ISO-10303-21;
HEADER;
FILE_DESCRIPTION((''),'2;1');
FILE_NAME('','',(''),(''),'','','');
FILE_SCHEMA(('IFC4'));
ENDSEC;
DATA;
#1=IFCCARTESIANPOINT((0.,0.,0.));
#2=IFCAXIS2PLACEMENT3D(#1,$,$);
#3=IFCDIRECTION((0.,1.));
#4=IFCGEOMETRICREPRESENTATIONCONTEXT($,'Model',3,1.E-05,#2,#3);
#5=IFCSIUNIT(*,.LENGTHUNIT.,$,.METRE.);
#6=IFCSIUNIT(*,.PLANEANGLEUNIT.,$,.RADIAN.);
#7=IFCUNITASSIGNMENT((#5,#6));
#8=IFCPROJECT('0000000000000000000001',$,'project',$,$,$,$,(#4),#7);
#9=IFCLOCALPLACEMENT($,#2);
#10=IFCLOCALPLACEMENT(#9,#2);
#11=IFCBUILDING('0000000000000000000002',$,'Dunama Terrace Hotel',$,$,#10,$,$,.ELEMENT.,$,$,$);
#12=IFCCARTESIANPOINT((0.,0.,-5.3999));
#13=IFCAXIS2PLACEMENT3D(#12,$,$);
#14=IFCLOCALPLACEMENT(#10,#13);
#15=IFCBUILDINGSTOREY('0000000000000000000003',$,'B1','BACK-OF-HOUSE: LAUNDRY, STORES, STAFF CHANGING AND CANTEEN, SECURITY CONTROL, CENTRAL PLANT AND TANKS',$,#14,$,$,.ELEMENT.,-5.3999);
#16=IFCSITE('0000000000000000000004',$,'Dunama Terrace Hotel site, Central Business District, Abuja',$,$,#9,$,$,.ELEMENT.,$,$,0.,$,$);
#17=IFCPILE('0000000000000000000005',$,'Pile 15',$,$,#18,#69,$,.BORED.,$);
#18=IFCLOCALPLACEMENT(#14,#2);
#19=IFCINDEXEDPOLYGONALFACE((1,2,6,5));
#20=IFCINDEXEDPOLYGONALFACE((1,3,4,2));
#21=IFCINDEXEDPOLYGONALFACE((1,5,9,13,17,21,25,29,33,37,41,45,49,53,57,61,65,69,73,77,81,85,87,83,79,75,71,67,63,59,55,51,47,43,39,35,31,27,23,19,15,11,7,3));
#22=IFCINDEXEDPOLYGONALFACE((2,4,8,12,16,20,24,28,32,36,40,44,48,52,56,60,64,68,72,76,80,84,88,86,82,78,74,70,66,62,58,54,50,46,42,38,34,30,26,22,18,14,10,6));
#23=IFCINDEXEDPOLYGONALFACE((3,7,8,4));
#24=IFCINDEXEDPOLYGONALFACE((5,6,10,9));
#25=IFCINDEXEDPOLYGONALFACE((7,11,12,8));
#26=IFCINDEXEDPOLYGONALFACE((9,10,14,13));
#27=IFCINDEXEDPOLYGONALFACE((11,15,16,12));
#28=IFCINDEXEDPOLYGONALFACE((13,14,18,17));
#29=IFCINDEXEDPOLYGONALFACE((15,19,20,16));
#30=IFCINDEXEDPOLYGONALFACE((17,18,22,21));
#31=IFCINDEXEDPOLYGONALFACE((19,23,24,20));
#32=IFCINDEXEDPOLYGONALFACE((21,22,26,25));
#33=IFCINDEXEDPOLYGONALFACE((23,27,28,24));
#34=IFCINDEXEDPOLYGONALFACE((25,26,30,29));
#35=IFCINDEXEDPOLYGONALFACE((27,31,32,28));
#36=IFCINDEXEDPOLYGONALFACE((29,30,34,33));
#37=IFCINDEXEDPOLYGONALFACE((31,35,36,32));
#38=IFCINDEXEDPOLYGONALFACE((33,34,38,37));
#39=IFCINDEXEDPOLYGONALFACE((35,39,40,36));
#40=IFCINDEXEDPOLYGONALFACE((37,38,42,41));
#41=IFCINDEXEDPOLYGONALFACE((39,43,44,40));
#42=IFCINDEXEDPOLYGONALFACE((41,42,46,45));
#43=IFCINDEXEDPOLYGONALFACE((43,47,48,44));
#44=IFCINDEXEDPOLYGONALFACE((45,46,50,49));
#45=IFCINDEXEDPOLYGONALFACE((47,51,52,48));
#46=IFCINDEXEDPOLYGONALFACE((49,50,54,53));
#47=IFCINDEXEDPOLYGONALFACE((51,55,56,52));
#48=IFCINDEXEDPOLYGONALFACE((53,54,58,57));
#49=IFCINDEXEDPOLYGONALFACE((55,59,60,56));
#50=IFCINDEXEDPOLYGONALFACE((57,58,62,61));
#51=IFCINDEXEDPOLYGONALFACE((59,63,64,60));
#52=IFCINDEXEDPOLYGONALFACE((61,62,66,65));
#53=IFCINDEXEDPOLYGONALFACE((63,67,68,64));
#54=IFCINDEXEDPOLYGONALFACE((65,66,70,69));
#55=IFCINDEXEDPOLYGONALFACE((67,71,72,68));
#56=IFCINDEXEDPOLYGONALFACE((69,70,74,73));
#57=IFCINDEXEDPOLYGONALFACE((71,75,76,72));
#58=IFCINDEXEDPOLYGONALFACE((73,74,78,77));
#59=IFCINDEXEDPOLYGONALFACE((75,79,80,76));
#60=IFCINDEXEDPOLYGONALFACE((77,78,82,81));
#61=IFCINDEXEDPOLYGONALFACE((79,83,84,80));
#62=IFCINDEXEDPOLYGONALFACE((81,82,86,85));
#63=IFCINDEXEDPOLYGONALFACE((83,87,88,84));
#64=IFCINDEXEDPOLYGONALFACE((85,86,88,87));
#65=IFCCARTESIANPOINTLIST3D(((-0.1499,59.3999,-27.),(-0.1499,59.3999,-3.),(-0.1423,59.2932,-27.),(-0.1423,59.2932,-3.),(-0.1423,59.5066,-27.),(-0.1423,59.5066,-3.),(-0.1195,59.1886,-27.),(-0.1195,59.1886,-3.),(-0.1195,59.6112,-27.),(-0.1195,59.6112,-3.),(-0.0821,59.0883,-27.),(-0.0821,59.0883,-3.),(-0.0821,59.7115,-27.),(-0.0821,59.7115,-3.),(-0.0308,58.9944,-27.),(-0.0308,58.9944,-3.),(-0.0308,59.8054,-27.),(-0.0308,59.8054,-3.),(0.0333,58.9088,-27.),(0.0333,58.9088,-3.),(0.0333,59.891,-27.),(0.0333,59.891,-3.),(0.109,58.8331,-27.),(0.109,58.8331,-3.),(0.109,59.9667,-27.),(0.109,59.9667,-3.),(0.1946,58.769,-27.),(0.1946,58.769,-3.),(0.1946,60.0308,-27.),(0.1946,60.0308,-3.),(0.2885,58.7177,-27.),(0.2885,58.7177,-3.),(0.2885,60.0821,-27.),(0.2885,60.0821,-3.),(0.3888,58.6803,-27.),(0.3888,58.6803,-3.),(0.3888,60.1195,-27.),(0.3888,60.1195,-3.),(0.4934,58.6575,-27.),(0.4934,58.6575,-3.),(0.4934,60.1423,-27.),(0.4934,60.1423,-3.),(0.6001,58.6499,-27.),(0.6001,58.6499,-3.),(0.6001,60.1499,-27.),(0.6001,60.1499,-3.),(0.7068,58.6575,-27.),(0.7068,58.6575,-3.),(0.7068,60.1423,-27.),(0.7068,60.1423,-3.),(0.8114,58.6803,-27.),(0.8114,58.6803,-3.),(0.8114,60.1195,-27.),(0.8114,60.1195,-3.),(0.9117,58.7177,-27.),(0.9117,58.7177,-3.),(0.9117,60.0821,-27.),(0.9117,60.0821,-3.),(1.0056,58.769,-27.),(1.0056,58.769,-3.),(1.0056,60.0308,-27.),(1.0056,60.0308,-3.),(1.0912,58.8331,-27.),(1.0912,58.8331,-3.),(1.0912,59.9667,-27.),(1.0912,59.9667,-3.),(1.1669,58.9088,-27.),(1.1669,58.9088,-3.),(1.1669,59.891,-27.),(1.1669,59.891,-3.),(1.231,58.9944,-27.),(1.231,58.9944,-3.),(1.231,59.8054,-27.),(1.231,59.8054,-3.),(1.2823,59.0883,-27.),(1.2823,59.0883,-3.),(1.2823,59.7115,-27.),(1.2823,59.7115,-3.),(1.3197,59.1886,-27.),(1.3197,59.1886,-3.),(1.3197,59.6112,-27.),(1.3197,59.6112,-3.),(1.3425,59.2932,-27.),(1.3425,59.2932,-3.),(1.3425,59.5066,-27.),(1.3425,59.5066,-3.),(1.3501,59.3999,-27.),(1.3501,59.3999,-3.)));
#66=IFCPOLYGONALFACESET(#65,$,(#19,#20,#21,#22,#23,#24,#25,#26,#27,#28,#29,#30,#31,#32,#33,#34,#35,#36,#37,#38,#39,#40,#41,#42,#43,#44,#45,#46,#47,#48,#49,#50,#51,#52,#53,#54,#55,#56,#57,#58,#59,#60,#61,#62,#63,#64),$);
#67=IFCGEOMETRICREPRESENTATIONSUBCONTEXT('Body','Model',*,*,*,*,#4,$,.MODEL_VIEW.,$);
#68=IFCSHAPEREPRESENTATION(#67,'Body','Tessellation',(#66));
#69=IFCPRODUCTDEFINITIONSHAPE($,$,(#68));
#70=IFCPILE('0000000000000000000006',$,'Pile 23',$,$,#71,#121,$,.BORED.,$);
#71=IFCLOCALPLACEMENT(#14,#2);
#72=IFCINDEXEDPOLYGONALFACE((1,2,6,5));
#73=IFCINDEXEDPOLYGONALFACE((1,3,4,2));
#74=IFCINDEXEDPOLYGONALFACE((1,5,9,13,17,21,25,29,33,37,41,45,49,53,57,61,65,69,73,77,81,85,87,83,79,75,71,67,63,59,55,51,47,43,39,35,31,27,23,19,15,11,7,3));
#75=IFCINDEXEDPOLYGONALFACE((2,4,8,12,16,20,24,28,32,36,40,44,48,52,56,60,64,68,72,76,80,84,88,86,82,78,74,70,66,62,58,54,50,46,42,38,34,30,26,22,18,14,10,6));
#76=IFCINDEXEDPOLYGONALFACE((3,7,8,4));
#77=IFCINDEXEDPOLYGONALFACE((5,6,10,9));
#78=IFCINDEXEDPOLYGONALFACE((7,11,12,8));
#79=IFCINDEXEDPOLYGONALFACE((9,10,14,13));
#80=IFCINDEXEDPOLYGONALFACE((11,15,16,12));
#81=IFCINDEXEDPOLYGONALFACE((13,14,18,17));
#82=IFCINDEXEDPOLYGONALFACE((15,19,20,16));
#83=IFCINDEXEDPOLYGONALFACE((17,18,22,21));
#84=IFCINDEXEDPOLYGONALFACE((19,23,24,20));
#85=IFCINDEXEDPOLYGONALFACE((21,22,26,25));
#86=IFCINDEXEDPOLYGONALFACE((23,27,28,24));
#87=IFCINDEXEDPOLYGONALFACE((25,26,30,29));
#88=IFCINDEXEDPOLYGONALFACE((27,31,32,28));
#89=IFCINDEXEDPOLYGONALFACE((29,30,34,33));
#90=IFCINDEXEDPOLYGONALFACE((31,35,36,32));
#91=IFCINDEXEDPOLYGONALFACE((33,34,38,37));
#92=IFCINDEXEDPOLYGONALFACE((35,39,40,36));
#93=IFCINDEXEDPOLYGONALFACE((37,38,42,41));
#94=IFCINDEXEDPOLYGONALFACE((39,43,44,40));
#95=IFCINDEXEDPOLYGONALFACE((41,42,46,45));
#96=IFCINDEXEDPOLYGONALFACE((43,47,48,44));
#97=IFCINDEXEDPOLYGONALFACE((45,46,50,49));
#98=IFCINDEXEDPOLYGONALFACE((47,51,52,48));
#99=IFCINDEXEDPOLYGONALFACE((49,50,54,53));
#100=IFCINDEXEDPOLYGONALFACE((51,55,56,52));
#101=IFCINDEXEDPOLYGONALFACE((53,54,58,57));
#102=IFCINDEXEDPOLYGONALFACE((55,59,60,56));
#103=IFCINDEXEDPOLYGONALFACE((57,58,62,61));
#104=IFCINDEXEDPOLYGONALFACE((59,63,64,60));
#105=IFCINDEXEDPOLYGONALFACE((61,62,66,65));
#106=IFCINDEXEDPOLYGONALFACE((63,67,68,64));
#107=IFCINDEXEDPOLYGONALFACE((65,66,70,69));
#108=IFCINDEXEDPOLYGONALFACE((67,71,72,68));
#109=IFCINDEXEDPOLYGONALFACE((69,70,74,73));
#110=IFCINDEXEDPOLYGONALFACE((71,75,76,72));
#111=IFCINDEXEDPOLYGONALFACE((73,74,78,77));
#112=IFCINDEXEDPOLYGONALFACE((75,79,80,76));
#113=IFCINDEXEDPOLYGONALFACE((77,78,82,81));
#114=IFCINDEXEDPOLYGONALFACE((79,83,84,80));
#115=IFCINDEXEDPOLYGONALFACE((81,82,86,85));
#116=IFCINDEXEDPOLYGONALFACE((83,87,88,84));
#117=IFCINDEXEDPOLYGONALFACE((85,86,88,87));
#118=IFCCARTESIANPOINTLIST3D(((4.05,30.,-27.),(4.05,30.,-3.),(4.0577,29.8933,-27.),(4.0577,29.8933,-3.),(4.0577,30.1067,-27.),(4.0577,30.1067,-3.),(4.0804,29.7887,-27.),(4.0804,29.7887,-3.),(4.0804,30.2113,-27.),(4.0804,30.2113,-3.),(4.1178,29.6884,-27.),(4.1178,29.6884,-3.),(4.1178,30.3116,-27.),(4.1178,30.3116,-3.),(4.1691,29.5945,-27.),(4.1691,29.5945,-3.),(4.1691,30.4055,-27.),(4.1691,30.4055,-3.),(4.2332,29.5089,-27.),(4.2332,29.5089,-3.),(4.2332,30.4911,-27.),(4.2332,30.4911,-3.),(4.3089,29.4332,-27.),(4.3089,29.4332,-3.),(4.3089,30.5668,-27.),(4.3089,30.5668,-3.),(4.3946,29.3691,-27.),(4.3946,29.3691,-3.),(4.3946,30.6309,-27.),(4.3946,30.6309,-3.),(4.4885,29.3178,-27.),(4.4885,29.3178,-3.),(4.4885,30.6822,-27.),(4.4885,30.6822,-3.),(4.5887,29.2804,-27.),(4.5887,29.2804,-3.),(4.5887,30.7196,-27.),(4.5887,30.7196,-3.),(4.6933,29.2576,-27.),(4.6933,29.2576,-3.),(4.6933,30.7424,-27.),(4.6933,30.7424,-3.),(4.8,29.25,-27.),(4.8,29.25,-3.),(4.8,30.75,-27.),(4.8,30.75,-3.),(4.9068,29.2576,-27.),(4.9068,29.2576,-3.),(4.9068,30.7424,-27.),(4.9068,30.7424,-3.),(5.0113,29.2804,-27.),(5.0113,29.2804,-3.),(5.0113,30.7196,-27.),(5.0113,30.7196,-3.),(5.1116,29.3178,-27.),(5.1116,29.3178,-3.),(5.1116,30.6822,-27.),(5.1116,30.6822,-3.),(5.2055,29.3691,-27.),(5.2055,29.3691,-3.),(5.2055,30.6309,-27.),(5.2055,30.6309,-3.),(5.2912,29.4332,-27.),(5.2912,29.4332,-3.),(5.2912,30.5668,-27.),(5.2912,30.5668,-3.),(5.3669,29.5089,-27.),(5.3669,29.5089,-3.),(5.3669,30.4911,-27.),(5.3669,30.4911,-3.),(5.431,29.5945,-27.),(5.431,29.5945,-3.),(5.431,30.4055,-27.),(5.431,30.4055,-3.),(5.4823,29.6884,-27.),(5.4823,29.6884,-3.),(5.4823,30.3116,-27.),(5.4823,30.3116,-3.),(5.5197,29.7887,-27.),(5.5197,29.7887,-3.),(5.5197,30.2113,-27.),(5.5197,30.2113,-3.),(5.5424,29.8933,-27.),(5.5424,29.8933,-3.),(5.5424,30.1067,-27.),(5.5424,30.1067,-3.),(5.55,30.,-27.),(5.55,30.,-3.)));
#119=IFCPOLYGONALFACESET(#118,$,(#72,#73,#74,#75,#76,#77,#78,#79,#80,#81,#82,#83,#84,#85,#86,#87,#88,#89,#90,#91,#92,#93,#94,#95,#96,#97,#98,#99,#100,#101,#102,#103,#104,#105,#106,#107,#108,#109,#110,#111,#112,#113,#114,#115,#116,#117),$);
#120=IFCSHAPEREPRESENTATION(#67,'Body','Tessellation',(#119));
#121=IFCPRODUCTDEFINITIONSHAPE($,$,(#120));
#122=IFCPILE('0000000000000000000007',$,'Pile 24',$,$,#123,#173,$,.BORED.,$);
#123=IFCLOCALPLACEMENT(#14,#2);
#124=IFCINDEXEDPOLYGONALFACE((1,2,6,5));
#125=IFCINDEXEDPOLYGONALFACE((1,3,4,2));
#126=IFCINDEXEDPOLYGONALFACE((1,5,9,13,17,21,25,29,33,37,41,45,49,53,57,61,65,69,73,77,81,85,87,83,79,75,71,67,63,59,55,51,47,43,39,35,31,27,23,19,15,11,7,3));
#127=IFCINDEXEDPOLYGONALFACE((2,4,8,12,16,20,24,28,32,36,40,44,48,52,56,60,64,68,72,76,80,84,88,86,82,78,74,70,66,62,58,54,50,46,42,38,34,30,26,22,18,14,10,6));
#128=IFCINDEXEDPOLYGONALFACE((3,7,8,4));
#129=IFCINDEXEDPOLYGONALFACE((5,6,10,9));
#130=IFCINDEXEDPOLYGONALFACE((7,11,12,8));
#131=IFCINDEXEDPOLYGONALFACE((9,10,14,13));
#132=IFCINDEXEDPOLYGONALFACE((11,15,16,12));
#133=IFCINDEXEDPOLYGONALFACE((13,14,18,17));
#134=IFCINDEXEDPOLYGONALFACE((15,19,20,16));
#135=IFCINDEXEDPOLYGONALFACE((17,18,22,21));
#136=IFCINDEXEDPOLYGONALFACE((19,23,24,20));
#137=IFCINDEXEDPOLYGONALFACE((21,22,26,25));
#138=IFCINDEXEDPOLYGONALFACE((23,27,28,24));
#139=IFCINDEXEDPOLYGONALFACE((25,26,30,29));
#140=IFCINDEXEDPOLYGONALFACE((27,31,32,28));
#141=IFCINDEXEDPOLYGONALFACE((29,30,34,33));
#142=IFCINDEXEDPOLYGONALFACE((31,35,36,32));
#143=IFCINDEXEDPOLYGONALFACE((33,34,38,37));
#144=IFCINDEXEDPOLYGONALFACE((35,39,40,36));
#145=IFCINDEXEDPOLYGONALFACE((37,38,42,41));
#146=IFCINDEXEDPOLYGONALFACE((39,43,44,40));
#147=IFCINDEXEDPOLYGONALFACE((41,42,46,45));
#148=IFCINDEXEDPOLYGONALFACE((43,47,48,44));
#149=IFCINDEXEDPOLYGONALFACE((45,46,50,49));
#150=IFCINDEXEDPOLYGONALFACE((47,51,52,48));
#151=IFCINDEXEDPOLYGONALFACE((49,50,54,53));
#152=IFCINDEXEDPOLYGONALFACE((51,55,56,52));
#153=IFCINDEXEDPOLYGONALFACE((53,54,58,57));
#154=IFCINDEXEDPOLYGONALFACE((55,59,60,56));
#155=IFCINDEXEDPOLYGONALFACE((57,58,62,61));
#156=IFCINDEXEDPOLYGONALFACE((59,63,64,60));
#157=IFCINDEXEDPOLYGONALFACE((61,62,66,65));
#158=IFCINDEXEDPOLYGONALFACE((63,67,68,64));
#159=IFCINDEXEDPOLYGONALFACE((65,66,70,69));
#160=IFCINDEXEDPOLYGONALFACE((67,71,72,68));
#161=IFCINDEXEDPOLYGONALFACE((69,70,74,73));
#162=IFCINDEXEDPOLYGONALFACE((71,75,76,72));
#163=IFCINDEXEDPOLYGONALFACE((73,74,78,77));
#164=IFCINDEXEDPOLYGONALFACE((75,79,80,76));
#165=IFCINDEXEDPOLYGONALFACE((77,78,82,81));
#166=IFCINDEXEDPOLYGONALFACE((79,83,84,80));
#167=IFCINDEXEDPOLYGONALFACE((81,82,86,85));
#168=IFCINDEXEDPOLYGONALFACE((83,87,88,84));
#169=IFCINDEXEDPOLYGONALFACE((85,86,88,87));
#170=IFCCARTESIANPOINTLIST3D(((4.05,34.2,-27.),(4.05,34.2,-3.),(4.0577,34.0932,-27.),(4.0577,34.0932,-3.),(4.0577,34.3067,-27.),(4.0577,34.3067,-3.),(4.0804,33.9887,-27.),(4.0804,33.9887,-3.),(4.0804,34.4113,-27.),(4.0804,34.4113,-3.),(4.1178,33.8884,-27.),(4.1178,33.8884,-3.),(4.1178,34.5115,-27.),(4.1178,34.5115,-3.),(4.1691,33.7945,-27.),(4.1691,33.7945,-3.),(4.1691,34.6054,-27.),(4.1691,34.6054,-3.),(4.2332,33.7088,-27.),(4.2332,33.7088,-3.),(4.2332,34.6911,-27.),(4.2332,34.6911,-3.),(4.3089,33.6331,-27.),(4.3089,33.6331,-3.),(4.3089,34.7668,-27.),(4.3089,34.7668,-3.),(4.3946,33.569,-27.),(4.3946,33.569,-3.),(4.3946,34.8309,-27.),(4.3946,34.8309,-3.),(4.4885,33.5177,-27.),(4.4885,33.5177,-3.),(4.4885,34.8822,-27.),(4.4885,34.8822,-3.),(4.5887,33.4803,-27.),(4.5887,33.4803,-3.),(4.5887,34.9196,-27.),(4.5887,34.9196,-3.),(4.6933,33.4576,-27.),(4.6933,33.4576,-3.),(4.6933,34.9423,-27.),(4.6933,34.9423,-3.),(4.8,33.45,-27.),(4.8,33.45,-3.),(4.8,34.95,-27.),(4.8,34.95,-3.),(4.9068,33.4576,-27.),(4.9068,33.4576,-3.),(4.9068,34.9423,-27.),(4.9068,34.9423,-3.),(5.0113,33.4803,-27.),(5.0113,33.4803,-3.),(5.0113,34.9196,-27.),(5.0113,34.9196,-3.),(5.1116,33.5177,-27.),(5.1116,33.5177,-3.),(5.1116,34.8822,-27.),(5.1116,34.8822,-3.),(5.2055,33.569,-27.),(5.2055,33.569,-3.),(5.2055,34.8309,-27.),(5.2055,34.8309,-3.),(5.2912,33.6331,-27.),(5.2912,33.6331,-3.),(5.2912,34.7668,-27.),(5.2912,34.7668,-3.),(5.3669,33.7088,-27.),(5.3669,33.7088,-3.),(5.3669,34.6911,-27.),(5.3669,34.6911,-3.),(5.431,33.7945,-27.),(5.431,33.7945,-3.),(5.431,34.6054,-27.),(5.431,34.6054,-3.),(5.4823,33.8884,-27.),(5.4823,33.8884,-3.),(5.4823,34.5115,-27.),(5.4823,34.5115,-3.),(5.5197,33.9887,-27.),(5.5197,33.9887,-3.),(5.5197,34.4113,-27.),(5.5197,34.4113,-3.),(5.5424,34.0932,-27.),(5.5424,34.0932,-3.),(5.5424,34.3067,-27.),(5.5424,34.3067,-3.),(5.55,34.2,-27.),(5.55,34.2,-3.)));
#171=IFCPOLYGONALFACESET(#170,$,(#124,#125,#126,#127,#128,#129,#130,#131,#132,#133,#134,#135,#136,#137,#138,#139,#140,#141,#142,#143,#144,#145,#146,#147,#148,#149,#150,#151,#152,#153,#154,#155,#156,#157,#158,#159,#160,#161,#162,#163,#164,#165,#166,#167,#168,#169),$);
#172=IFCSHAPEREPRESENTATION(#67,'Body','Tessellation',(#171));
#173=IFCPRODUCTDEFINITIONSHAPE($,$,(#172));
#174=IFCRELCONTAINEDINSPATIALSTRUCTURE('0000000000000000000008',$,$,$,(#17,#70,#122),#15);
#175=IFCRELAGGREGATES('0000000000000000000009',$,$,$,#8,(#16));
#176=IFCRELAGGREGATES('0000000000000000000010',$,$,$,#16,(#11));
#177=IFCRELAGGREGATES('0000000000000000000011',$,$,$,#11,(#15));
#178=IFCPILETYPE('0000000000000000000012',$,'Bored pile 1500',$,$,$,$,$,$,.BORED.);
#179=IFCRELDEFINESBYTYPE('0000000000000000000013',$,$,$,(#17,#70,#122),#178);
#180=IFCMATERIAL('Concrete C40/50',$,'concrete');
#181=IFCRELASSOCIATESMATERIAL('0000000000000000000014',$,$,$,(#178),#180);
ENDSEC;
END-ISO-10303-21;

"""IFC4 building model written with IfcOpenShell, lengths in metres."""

from ifc_helpers import new_model, si_unit, direction, frame, origin, origin_2d, place, context, subcontext, project, spatial, circle, extrude, material, material_profile, profile_set, type_object, element, save


model = new_model("IFC4")

# Units and contexts
model_context = context("Model", 3, precision=1e-05, world=origin(), true_north=direction((0.0, 1.0)))
body_context = subcontext(model_context, "Body", "Model", "MODEL_VIEW")
ifc_project = project(units=[si_unit("LENGTHUNIT", "METRE"), si_unit("PLANEANGLEUNIT", "RADIAN")], contexts=[model_context])

# Site, building, storey
site_placement = place(None, origin())
site = spatial("IfcSite", under=ifc_project, at=site_placement, Name="Dunama Terrace Hotel site, Central Business District, Abuja", CompositionType="ELEMENT", RefElevation=0.0)
building_placement = place(site_placement, origin())
building = spatial("IfcBuilding", under=site, at=building_placement, Name="Dunama Terrace Hotel", CompositionType="ELEMENT")
storey_placement = place(building_placement, frame((0.0, 0.0, -5.3999)))
storey = spatial("IfcBuildingStorey", under=building, at=storey_placement, Name="B1", Description="BACK-OF-HOUSE: LAUNDRY, STORES, STAFF CHANGING AND CANTEEN, SECURITY CONTROL, CENTRAL PLANT AND TANKS", CompositionType="ELEMENT", Elevation=-5.3999)

# Piles
ifc_material_1 = material(Name="Concrete C40/50", Category="concrete")
ifc_material_profile_1 = material_profile(ifc_material_1, circle(Radius=0.75, at=origin_2d()), Name="PILE D1500")
ifc_profile_set_1 = profile_set([ifc_material_profile_1], Name="Concrete C40/50")
pile_type = type_object("IfcPileType", Name="Bored pile 1500", PredefinedType="BORED", material=ifc_profile_set_1)
for number, where, z_axis, x_axis, name in (
    (1, (0.6001, 59.3999, -3.0), (0.0, 0.0, -1.0), (1.0, 0.0, 0.0), "Pile 15"),
    (2, (4.8, 30.0, -3.0), (0.0, 0.0, -1.0), (1.0, 0.0, 0.0), "Pile 23"),
    (3, (4.8, 34.2, -3.0), (0.0, 0.0, -1.0), (1.0, 0.0, 0.0), "Pile 24"),
):
    element("IfcPile", number, at=place(storey_placement, frame(where, z_axis=z_axis, x_axis=x_axis)), inside=storey, type_object=pile_type, Name=name, PredefinedType="BORED", context=body_context, shape_type="SweptSolid", body=[
        extrude(circle(Radius=0.75, at=origin_2d()), origin(), (0.0, 0.0, 1.0), 24.0),
    ])

save(model, "model.ifc")
